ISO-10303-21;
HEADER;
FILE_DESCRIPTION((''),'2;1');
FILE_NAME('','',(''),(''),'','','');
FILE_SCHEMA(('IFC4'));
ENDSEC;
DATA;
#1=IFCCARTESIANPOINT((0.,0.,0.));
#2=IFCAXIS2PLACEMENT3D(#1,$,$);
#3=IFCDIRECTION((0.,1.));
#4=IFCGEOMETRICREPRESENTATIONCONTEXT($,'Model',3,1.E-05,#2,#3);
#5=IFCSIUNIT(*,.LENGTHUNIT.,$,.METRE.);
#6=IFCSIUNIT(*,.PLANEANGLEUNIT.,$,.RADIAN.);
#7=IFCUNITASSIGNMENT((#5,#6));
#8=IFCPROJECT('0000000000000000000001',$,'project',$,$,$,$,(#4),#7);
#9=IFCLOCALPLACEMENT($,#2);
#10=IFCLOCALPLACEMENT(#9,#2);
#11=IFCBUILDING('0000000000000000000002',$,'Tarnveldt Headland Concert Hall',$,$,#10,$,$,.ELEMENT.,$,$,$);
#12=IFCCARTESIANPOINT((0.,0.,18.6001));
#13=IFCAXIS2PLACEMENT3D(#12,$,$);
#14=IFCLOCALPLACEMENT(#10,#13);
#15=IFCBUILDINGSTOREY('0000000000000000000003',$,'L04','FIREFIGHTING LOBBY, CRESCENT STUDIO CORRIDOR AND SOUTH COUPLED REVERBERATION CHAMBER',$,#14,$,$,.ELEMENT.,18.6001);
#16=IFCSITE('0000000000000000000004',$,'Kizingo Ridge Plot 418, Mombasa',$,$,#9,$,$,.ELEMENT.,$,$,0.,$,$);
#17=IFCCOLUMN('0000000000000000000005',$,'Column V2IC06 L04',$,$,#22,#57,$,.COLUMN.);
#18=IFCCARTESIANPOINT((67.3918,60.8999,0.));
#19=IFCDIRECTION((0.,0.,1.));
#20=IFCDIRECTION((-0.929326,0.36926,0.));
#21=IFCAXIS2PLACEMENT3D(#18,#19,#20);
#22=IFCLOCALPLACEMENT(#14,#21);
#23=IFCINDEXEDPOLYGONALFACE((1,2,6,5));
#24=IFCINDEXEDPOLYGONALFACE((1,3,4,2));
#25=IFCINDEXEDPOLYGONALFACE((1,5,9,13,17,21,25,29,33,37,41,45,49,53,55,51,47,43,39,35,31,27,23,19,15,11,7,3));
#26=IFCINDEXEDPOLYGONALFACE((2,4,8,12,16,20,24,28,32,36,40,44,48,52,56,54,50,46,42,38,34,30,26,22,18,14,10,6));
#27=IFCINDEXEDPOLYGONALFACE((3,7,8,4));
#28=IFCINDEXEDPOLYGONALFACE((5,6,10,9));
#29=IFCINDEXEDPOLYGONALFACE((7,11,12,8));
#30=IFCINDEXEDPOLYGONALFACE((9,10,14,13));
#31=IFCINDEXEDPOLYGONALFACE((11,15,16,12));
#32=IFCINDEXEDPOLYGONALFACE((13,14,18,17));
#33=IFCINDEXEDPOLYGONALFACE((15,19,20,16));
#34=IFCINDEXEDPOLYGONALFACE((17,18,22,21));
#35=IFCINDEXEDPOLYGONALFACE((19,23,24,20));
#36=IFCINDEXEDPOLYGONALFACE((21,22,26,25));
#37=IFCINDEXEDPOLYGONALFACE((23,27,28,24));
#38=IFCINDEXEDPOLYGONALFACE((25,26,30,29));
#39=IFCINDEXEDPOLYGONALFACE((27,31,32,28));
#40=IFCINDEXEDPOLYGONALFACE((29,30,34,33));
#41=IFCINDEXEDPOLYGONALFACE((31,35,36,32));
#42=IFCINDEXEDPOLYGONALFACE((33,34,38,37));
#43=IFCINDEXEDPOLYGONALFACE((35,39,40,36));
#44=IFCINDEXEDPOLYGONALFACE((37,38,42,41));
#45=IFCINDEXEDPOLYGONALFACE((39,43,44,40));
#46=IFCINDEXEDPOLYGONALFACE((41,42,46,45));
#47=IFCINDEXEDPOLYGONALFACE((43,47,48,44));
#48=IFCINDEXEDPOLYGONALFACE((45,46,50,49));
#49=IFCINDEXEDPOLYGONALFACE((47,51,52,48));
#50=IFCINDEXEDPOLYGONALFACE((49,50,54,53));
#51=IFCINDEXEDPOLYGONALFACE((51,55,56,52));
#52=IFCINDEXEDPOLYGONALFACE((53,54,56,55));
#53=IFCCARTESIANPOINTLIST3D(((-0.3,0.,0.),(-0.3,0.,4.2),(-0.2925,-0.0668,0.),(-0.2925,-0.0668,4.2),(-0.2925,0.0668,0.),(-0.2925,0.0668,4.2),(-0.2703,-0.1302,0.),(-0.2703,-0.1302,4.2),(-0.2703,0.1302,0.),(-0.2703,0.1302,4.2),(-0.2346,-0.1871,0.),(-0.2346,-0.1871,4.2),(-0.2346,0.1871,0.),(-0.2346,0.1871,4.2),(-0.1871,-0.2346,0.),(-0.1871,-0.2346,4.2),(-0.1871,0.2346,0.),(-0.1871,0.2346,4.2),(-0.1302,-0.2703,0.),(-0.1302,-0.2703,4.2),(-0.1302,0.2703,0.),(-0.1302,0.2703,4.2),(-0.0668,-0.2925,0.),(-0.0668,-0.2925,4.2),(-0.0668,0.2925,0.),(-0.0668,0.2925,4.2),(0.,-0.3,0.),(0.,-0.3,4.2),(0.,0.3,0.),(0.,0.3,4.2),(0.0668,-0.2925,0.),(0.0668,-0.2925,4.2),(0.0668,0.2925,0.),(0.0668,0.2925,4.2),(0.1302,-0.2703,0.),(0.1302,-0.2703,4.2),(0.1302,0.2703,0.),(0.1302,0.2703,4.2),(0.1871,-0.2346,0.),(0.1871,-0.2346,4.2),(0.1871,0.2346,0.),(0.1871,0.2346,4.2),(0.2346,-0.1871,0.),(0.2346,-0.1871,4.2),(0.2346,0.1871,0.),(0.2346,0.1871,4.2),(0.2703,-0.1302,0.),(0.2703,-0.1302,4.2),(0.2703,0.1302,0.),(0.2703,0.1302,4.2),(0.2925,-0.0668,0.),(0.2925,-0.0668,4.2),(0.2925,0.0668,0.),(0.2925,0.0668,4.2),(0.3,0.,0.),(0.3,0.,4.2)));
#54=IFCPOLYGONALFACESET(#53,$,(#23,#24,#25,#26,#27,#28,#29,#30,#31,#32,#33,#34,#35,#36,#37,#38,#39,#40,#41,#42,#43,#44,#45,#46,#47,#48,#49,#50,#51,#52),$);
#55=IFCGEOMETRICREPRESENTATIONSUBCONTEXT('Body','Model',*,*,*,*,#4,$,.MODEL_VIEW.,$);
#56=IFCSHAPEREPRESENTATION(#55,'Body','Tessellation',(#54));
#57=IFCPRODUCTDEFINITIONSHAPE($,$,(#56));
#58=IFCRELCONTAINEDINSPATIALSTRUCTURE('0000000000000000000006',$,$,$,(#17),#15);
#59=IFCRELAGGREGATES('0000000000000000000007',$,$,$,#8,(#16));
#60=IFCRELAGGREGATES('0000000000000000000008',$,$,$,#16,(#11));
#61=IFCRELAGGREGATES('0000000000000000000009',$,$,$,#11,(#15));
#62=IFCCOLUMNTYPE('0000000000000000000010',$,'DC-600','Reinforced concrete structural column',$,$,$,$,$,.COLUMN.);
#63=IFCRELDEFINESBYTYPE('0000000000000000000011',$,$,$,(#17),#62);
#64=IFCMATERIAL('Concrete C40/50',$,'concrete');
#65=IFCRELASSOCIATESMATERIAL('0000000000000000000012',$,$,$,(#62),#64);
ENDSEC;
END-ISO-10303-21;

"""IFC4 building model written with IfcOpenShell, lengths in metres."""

from ifc_helpers import new_model, si_unit, direction, frame, origin, origin_2d, place, context, subcontext, project, spatial, circle, extrude, material, material_profile, profile_set, type_object, element, save


model = new_model("IFC4")

# Units and contexts
model_context = context("Model", 3, precision=1e-05, world=origin(), true_north=direction((0.0, 1.0)))
body_context = subcontext(model_context, "Body", "Model", "MODEL_VIEW")
ifc_project = project(units=[si_unit("LENGTHUNIT", "METRE"), si_unit("PLANEANGLEUNIT", "RADIAN")], contexts=[model_context])

# Site, building, storey
site_placement = place(None, origin())
site = spatial("IfcSite", under=ifc_project, at=site_placement, Name="Kizingo Ridge Plot 418, Mombasa", CompositionType="ELEMENT", RefElevation=0.0)
building_placement = place(site_placement, origin())
building = spatial("IfcBuilding", under=site, at=building_placement, Name="Tarnveldt Headland Concert Hall", CompositionType="ELEMENT")
storey_placement = place(building_placement, frame((0.0, 0.0, 18.6001)))
storey = spatial("IfcBuildingStorey", under=building, at=storey_placement, Name="L04", Description="FIREFIGHTING LOBBY, CRESCENT STUDIO CORRIDOR AND SOUTH COUPLED REVERBERATION CHAMBER", CompositionType="ELEMENT", Elevation=18.6001)

# Column
ifc_material_1 = material(Name="Concrete C40/50", Category="concrete")
ifc_material_profile_1 = material_profile(ifc_material_1, circle(Radius=0.3, at=origin_2d()), Name="RC D600", Category="concrete")
ifc_profile_set_1 = profile_set([ifc_material_profile_1], Name="Concrete C40/50")
column_type = type_object("IfcColumnType", Name="DC-600", Description="Reinforced concrete structural column", PredefinedType="COLUMN", material=ifc_profile_set_1)
for number, where, z_axis, x_axis, name in (
    (1, (67.3918, 60.8999, 0.0), (0.0, 0.0, 1.0), (-0.929326, 0.36926, 0.0), "Column V2IC06 L04"),
):
    element("IfcColumn", number, at=place(storey_placement, frame(where, z_axis=z_axis, x_axis=x_axis)), inside=storey, type_object=column_type, Name=name, PredefinedType="COLUMN", context=body_context, shape_type="SweptSolid", body=[
        extrude(circle(Radius=0.3, at=origin_2d()), origin(), (0.0, 0.0, 1.0), 4.2),
    ])

save(model, "model.ifc")
